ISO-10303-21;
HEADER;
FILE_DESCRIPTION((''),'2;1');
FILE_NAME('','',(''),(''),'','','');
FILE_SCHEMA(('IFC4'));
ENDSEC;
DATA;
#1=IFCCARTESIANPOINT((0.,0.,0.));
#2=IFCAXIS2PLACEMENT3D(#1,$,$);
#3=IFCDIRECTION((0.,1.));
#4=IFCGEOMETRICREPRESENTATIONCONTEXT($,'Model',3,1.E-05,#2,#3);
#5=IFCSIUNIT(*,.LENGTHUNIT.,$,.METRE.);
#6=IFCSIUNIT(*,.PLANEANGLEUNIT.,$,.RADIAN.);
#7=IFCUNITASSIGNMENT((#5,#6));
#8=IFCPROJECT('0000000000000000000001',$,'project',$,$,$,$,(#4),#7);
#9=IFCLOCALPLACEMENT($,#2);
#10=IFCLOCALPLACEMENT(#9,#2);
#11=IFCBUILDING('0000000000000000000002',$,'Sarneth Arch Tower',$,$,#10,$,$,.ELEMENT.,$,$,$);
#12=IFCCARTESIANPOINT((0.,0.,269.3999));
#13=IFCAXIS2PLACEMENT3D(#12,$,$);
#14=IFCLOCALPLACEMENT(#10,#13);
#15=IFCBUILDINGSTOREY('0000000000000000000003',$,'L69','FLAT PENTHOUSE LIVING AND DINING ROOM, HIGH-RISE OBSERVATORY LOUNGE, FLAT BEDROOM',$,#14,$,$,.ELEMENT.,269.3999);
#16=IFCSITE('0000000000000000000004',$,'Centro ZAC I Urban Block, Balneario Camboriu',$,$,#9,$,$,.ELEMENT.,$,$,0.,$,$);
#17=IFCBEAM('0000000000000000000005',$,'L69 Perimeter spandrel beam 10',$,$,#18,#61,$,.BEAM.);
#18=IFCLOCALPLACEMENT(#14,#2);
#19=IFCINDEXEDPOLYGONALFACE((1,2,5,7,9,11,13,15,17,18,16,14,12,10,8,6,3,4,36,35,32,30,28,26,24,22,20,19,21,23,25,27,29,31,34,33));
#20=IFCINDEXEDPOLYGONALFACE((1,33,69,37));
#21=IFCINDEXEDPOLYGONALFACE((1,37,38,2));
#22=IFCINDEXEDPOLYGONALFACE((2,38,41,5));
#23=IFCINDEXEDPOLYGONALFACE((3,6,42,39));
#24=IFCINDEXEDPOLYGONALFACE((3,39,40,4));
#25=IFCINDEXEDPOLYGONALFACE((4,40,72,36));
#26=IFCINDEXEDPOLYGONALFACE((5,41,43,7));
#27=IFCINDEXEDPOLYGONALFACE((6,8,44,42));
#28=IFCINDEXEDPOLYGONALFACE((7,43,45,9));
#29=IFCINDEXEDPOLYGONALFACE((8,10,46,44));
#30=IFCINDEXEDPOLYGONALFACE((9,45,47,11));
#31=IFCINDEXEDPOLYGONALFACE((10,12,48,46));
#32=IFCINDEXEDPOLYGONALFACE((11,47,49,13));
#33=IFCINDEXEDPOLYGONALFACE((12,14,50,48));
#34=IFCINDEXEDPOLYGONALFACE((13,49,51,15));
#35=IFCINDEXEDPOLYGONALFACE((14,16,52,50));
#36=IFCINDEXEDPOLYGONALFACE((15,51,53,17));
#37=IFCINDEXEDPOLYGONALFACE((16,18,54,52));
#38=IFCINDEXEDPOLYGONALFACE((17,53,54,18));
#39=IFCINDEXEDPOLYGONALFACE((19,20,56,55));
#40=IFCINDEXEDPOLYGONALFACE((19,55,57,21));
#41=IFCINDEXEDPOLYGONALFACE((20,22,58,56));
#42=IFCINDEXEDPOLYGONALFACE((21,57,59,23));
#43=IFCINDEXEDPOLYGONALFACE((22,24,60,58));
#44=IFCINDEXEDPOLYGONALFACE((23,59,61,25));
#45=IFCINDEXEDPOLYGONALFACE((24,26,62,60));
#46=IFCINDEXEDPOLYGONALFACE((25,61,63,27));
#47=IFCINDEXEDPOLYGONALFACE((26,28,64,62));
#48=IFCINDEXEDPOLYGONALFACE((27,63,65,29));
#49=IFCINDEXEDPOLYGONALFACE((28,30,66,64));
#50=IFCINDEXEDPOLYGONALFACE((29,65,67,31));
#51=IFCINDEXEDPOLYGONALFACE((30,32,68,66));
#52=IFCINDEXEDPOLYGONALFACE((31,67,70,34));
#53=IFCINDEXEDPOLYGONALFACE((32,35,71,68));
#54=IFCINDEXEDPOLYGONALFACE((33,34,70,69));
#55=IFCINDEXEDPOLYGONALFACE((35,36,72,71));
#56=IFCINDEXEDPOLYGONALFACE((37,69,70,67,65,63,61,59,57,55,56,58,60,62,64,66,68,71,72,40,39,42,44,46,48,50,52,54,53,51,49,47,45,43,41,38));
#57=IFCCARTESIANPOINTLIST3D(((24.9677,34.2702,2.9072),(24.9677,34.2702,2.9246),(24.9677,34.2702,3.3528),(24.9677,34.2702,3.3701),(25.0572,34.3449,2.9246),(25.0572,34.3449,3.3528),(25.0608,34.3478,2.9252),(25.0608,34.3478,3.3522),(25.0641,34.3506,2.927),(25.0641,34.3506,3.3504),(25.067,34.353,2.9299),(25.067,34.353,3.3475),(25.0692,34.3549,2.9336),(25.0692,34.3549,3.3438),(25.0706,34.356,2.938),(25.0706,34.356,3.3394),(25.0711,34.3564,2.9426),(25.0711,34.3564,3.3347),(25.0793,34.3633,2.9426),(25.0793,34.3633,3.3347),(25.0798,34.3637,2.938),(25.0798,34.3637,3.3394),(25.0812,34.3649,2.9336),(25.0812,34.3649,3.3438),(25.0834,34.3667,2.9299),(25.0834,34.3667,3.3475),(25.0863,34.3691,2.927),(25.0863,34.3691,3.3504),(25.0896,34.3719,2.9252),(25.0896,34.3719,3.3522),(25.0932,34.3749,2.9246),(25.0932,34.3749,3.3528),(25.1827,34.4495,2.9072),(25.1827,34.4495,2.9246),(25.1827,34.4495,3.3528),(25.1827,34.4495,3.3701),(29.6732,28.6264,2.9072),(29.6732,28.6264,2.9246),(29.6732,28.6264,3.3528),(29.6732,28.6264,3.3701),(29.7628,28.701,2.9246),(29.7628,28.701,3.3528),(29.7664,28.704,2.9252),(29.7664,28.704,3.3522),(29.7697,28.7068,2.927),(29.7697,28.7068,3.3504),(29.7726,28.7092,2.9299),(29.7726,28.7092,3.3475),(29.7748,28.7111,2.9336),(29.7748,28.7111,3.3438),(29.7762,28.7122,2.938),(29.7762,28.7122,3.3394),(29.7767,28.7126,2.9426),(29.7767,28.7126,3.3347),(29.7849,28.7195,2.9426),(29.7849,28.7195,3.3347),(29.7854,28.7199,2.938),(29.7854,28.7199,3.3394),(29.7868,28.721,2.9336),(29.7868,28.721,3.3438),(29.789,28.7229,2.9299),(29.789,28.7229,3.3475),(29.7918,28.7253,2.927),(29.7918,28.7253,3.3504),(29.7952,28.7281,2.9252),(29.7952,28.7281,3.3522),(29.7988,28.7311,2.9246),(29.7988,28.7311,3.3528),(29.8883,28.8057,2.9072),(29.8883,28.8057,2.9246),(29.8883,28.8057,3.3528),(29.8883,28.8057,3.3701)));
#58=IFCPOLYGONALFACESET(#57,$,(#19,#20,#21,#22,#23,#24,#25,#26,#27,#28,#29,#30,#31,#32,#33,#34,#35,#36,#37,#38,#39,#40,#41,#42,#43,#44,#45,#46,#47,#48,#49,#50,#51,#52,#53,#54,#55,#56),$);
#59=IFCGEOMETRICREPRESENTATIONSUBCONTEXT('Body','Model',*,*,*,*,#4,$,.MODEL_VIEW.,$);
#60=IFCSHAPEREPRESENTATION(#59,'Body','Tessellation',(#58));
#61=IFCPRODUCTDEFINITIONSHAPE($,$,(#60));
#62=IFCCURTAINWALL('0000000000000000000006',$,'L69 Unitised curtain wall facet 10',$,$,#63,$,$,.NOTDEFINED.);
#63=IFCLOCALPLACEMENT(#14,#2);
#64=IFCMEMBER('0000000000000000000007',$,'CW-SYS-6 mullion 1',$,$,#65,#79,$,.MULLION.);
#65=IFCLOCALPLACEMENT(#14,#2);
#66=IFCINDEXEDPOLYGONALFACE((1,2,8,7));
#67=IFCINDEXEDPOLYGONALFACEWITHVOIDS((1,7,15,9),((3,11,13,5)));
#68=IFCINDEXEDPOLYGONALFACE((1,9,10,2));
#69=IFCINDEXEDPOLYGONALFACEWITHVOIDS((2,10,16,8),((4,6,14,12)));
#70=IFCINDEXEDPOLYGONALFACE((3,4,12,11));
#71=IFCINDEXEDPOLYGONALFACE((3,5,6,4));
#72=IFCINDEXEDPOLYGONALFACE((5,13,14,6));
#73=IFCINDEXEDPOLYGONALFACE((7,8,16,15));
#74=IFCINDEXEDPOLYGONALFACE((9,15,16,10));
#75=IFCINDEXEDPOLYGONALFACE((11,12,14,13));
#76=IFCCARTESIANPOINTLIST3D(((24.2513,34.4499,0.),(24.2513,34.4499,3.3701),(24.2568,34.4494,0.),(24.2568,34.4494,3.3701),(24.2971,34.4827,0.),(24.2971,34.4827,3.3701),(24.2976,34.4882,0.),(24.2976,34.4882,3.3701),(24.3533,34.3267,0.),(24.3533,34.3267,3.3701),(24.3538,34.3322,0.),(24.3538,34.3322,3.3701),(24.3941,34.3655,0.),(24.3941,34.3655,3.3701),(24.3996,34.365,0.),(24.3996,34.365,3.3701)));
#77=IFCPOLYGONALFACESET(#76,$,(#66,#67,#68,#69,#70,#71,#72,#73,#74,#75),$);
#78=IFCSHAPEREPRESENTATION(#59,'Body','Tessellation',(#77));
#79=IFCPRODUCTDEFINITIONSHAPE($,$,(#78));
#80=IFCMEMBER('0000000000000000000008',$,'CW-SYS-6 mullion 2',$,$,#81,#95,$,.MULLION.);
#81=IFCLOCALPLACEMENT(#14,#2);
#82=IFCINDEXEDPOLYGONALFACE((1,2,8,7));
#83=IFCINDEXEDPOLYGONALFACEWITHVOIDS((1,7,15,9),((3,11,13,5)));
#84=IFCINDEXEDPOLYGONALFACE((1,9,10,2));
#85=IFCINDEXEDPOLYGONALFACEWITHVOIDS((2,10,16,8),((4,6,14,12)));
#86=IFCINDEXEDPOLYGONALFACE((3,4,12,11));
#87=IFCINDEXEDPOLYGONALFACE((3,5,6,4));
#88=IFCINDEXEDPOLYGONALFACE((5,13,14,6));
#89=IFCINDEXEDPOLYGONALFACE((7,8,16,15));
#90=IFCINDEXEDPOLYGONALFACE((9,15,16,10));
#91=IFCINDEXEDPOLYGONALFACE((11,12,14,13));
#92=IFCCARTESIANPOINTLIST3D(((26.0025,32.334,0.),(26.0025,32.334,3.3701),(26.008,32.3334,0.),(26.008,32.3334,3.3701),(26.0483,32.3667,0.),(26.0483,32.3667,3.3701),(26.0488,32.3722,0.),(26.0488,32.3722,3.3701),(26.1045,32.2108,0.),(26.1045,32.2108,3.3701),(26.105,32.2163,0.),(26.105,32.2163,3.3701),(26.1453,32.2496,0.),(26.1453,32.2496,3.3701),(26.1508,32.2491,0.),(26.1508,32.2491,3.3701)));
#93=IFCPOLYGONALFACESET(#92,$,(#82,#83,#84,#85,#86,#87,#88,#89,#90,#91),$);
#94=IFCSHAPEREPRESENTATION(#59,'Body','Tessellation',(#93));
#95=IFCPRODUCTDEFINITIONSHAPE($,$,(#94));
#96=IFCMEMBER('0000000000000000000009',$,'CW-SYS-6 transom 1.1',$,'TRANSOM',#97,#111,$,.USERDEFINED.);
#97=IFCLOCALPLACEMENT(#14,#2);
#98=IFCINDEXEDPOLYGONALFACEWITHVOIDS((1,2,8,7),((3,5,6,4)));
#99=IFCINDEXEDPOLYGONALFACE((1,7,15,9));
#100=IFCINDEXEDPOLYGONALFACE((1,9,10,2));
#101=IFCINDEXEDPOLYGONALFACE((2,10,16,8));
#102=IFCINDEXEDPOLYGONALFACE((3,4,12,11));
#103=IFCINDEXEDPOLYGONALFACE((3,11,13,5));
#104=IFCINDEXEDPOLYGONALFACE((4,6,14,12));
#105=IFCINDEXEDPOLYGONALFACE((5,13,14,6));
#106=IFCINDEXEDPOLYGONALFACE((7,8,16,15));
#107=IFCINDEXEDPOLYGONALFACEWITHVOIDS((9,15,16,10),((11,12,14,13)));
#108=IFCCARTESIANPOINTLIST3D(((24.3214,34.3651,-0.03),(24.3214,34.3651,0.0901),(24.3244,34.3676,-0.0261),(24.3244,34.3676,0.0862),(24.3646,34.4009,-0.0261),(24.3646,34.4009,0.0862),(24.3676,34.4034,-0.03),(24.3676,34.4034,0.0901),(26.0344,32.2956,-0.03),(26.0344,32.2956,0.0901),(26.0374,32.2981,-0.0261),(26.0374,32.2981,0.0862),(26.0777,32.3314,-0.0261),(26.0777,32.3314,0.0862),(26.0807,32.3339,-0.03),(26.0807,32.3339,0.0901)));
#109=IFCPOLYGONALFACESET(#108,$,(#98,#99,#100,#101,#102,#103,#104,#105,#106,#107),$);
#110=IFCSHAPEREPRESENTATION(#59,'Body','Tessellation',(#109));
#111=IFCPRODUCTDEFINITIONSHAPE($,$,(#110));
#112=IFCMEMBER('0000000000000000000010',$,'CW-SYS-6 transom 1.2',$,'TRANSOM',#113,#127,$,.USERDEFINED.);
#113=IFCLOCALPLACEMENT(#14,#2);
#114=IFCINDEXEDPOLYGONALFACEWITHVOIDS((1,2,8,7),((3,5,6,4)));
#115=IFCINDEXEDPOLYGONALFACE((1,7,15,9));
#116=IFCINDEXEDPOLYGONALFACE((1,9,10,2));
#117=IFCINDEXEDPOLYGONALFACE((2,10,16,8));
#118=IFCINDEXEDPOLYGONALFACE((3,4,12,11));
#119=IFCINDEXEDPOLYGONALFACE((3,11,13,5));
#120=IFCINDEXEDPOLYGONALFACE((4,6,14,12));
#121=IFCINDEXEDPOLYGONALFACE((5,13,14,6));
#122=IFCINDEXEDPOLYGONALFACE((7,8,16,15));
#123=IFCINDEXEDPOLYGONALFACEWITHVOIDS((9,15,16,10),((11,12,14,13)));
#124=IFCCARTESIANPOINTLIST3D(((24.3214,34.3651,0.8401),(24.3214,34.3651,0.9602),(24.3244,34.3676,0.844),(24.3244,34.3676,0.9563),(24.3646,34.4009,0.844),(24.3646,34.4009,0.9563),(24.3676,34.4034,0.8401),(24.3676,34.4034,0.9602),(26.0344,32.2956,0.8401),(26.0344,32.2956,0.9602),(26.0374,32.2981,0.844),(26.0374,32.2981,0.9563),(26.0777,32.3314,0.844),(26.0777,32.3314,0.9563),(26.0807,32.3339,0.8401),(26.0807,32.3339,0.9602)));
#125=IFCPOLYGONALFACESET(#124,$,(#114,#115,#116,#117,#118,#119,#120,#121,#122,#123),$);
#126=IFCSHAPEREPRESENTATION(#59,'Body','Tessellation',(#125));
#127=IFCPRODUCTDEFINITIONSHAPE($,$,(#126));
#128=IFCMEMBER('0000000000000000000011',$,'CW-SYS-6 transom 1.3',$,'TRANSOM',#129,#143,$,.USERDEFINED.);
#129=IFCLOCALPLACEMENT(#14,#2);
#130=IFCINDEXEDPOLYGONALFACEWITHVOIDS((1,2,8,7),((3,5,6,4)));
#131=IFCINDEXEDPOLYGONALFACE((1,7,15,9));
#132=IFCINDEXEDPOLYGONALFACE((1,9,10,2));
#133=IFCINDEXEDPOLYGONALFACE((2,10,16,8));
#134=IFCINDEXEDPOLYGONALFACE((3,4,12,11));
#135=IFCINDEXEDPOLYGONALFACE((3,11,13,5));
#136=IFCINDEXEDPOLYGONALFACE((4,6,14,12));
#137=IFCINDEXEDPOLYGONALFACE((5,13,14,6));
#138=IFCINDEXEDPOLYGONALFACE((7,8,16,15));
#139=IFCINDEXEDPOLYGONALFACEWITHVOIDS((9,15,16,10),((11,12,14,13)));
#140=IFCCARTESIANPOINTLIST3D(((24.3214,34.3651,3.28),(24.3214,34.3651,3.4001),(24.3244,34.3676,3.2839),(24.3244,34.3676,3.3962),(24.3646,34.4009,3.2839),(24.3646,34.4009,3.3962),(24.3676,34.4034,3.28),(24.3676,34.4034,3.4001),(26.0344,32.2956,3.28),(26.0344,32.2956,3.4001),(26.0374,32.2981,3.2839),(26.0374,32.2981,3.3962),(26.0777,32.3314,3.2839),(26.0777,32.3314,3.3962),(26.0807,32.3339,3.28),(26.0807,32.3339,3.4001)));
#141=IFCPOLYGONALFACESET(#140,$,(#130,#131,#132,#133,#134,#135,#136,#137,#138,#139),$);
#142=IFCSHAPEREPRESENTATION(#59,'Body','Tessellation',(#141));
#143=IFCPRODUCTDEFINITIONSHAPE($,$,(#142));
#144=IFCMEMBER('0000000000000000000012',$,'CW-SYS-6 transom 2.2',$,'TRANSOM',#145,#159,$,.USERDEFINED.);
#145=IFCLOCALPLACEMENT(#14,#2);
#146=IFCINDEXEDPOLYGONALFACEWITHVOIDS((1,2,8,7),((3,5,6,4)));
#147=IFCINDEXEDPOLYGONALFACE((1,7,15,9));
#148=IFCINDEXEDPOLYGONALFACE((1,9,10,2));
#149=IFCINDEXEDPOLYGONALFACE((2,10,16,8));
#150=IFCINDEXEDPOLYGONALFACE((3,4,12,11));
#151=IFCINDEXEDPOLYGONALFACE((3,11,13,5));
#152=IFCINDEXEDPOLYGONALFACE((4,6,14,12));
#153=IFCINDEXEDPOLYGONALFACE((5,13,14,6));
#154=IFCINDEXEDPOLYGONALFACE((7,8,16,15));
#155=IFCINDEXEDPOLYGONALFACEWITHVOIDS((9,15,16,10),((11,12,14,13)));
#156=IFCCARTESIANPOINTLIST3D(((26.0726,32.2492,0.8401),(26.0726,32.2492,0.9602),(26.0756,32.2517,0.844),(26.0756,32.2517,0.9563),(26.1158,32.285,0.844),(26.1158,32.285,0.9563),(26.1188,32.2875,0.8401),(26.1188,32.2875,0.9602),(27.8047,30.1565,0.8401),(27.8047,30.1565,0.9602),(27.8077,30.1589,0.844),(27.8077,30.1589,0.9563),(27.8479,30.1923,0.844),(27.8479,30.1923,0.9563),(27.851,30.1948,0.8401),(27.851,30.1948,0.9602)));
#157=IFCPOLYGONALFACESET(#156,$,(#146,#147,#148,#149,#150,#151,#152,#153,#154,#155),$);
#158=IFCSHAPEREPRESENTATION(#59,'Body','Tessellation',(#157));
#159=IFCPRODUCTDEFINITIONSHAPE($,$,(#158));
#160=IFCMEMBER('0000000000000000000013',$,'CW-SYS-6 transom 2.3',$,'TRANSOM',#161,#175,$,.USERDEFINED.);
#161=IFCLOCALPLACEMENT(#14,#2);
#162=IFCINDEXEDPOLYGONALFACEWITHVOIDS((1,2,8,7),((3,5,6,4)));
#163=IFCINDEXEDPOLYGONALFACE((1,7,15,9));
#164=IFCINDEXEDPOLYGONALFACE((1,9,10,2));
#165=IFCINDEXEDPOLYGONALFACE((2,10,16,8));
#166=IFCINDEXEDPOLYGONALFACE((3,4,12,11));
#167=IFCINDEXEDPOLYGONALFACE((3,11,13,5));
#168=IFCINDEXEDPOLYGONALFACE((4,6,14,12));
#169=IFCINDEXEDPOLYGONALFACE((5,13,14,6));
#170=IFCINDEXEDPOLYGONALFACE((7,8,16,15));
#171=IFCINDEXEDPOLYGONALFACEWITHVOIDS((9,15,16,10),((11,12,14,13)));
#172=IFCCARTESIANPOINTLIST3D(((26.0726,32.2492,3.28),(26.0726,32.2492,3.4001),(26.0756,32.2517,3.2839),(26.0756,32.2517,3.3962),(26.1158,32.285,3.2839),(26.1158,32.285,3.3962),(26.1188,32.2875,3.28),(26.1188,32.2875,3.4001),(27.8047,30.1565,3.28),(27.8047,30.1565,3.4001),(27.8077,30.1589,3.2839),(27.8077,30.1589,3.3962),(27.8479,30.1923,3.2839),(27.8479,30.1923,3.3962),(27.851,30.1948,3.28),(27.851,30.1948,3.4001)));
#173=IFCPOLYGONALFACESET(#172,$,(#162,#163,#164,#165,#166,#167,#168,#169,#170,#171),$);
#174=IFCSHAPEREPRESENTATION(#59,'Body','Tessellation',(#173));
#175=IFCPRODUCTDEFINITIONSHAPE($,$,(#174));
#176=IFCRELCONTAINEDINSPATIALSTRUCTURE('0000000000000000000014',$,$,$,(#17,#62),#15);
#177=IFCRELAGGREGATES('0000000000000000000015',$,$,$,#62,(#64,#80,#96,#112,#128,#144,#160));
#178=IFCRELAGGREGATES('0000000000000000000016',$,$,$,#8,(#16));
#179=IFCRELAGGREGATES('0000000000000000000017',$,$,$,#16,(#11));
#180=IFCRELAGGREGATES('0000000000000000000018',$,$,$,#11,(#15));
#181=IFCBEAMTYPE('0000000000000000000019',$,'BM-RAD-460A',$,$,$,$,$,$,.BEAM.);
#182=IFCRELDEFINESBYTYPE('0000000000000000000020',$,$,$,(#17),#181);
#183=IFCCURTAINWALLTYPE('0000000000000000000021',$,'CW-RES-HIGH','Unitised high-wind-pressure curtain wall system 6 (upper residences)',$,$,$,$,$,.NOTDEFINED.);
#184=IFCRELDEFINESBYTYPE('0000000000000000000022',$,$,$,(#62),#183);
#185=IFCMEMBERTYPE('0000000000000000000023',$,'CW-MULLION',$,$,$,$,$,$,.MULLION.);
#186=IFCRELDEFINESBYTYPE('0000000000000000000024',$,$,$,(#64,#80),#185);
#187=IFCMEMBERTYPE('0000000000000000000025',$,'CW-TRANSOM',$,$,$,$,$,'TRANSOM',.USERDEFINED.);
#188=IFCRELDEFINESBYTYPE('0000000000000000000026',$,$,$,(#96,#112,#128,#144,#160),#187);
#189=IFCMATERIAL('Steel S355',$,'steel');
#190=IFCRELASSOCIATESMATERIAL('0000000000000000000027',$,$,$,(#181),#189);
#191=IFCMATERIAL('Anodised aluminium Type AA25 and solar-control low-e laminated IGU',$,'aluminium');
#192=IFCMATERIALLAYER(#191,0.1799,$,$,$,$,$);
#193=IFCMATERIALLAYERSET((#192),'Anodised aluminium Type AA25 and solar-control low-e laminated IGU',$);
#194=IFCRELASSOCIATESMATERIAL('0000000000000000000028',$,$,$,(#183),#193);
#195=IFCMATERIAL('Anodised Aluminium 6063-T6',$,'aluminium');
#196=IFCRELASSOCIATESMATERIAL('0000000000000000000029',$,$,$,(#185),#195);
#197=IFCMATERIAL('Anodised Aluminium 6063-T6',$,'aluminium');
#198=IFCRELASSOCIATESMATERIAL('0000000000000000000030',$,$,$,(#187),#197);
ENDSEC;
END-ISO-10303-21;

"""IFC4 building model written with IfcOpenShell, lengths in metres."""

from ifc_helpers import new_model, si_unit, direction, frame, origin, origin_2d, place, context, subcontext, project, spatial, hollow_rectangle, i_section, extrude, material, layer, layer_set, material_profile, profile_set, type_object, element, aggregate, save


model = new_model("IFC4")

# Units and contexts
model_context = context("Model", 3, precision=1e-05, world=origin(), true_north=direction((0.0, 1.0)))
body_context = subcontext(model_context, "Body", "Model", "MODEL_VIEW")
ifc_project = project(units=[si_unit("LENGTHUNIT", "METRE"), si_unit("PLANEANGLEUNIT", "RADIAN")], contexts=[model_context])

# Site, building, storey
site_placement = place(None, origin())
site = spatial("IfcSite", under=ifc_project, at=site_placement, Name="Centro ZAC I Urban Block, Balneario Camboriu", CompositionType="ELEMENT", RefElevation=0.0)
building_placement = place(site_placement, origin())
building = spatial("IfcBuilding", under=site, at=building_placement, Name="Sarneth Arch Tower", CompositionType="ELEMENT")
storey_placement = place(building_placement, frame((0.0, 0.0, 269.3999)))
storey = spatial("IfcBuildingStorey", under=building, at=storey_placement, Name="L69", Description="FLAT PENTHOUSE LIVING AND DINING ROOM, HIGH-RISE OBSERVATORY LOUNGE, FLAT BEDROOM", CompositionType="ELEMENT", Elevation=269.3999)

# Beam
ifc_material_1 = material(Name="Steel S355", Category="steel")
ifc_material_profile_1 = material_profile(ifc_material_1, i_section(OverallWidth=0.28, OverallDepth=0.4629, WebThickness=0.0107, FlangeThickness=0.0173, FilletRadius=0.0181, at=origin_2d()), Name="W460x113")
ifc_profile_set_1 = profile_set([ifc_material_profile_1], Name="Steel S355")
beam_type = type_object("IfcBeamType", Name="BM-RAD-460A", PredefinedType="BEAM", material=ifc_profile_set_1)
beam_1_placement = place(storey_placement, frame((25.0752, 34.3599, 3.1387), z_axis=(0.640377, -0.768061, 0.0), x_axis=(0.768061, 0.640377, 0.0)))
element("IfcBeam", 1, at=beam_1_placement, inside=storey, type_object=beam_type, Name="L69 Perimeter spandrel beam 10", PredefinedType="BEAM", context=body_context, shape_type="SweptSolid", body=[
    extrude(i_section(OverallWidth=0.28, OverallDepth=0.4629, WebThickness=0.0107, FlangeThickness=0.0173, FilletRadius=0.0181, at=origin_2d()), origin(), (0.0, 0.0, 1.0), 7.3481),
])

# Curtain wall, members
ifc_material_2 = material(Name="Anodised aluminium Type AA25 and solar-control low-e laminated IGU", Category="aluminium")
ifc_layer_1 = layer(ifc_material_2, 0.1799)
ifc_layer_set_1 = layer_set([ifc_layer_1], Name="Anodised aluminium Type AA25 and solar-control low-e laminated IGU")
curtain_wall_type = type_object("IfcCurtainWallType", Name="CW-RES-HIGH", Description="Unitised high-wind-pressure curtain wall system 6 (upper residences)", PredefinedType="NOTDEFINED", material=ifc_layer_set_1)
curtain_wall_placement = place(storey_placement, origin())
curtain_wall = element("IfcCurtainWall", 2, at=curtain_wall_placement, inside=storey, type_object=curtain_wall_type, Name="L69 Unitised curtain wall facet 10", PredefinedType="NOTDEFINED")
ifc_material_3 = material(Name="Anodised Aluminium 6063-T6", Category="aluminium")
ifc_material_profile_2 = material_profile(ifc_material_3, hollow_rectangle(XDim=0.0601, YDim=0.1599, WallThickness=0.0039, at=origin_2d()), Name="AL-MULL-160x60x4")
ifc_profile_set_2 = profile_set([ifc_material_profile_2], Name="Anodised Aluminium 6063-T6")
member_type_1 = type_object("IfcMemberType", Name="CW-MULLION", PredefinedType="MULLION", material=ifc_profile_set_2)
member_1_placement = place(storey_placement, frame((24.3254, 34.4075, 0.0), z_axis=(0.0, 0.0, 1.0), x_axis=(0.770359, 0.63761, 0.0)))
member_1 = element("IfcMember", 3, at=member_1_placement, type_object=member_type_1, Name="CW-SYS-6 mullion 1", PredefinedType="MULLION", context=body_context, shape_type="SweptSolid", body=[
    extrude(hollow_rectangle(XDim=0.0601, YDim=0.1599, WallThickness=0.0039, at=origin_2d()), origin(), (0.0, 0.0, 1.0), 3.3701),
])
member_2_placement = place(storey_placement, frame((26.0767, 32.2915, 0.0), z_axis=(0.0, 0.0, 1.0), x_axis=(0.770359, 0.63761, 0.0)))
member_2 = element("IfcMember", 4, at=member_2_placement, type_object=member_type_1, Name="CW-SYS-6 mullion 2", PredefinedType="MULLION", context=body_context, shape_type="SweptSolid", body=[
    extrude(hollow_rectangle(XDim=0.0601, YDim=0.1599, WallThickness=0.0039, at=origin_2d()), origin(), (0.0, 0.0, 1.0), 3.3701),
])
ifc_material_4 = material(Name="Anodised Aluminium 6063-T6", Category="aluminium")
ifc_material_profile_3 = material_profile(ifc_material_4, hollow_rectangle(XDim=0.0601, YDim=0.1201, WallThickness=0.0039, at=origin_2d()), Name="AL-TRAN-120x60x4")
ifc_profile_set_3 = profile_set([ifc_material_profile_3], Name="Anodised Aluminium 6063-T6")
member_type_2 = type_object("IfcMemberType", Name="CW-TRANSOM", ElementType="TRANSOM", PredefinedType="USERDEFINED", material=ifc_profile_set_3)
member_3_placement = place(storey_placement, frame((24.3445, 34.3843, 0.03), z_axis=(0.637651, -0.770325, 0.0), x_axis=(0.770325, 0.637651, 0.0)))
member_3 = element("IfcMember", 5, at=member_3_placement, type_object=member_type_2, Name="CW-SYS-6 transom 1.1", ObjectType="TRANSOM", PredefinedType="USERDEFINED", context=body_context, shape_type="SweptSolid", body=[
    extrude(hollow_rectangle(XDim=0.0601, YDim=0.1201, WallThickness=0.0039, at=origin_2d()), origin(), (0.0, 0.0, 1.0), 2.6865),
])
member_4_placement = place(storey_placement, frame((24.3445, 34.3843, 0.9001), z_axis=(0.637651, -0.770325, 0.0), x_axis=(0.770325, 0.637651, 0.0)))
member_4 = element("IfcMember", 6, at=member_4_placement, type_object=member_type_2, Name="CW-SYS-6 transom 1.2", ObjectType="TRANSOM", PredefinedType="USERDEFINED", context=body_context, shape_type="SweptSolid", body=[
    extrude(hollow_rectangle(XDim=0.0601, YDim=0.1201, WallThickness=0.0039, at=origin_2d()), origin(), (0.0, 0.0, 1.0), 2.6865),
])
member_5_placement = place(storey_placement, frame((24.3445, 34.3843, 3.3401), z_axis=(0.637651, -0.770325, 0.0), x_axis=(0.770325, 0.637651, 0.0)))
member_5 = element("IfcMember", 7, at=member_5_placement, type_object=member_type_2, Name="CW-SYS-6 transom 1.3", ObjectType="TRANSOM", PredefinedType="USERDEFINED", context=body_context, shape_type="SweptSolid", body=[
    extrude(hollow_rectangle(XDim=0.0601, YDim=0.1201, WallThickness=0.0039, at=origin_2d()), origin(), (0.0, 0.0, 1.0), 2.6865),
])
member_6_placement = place(storey_placement, frame((26.0957, 32.2683, 0.9001), z_axis=(0.637617, -0.770353, 0.0), x_axis=(0.770353, 0.637617, 0.0)))
member_6 = element("IfcMember", 8, at=member_6_placement, type_object=member_type_2, Name="CW-SYS-6 transom 2.2", ObjectType="TRANSOM", PredefinedType="USERDEFINED", context=body_context, shape_type="SweptSolid", body=[
    extrude(hollow_rectangle(XDim=0.0601, YDim=0.1201, WallThickness=0.0039, at=origin_2d()), origin(), (0.0, 0.0, 1.0), 2.7166),
])
member_7_placement = place(storey_placement, frame((26.0957, 32.2683, 3.3401), z_axis=(0.637617, -0.770353, 0.0), x_axis=(0.770353, 0.637617, 0.0)))
member_7 = element("IfcMember", 9, at=member_7_placement, type_object=member_type_2, Name="CW-SYS-6 transom 2.3", ObjectType="TRANSOM", PredefinedType="USERDEFINED", context=body_context, shape_type="SweptSolid", body=[
    extrude(hollow_rectangle(XDim=0.0601, YDim=0.1201, WallThickness=0.0039, at=origin_2d()), origin(), (0.0, 0.0, 1.0), 2.7166),
])

aggregate(curtain_wall, [member_1, member_2, member_3, member_4, member_5, member_6, member_7])

save(model, "model.ifc")
